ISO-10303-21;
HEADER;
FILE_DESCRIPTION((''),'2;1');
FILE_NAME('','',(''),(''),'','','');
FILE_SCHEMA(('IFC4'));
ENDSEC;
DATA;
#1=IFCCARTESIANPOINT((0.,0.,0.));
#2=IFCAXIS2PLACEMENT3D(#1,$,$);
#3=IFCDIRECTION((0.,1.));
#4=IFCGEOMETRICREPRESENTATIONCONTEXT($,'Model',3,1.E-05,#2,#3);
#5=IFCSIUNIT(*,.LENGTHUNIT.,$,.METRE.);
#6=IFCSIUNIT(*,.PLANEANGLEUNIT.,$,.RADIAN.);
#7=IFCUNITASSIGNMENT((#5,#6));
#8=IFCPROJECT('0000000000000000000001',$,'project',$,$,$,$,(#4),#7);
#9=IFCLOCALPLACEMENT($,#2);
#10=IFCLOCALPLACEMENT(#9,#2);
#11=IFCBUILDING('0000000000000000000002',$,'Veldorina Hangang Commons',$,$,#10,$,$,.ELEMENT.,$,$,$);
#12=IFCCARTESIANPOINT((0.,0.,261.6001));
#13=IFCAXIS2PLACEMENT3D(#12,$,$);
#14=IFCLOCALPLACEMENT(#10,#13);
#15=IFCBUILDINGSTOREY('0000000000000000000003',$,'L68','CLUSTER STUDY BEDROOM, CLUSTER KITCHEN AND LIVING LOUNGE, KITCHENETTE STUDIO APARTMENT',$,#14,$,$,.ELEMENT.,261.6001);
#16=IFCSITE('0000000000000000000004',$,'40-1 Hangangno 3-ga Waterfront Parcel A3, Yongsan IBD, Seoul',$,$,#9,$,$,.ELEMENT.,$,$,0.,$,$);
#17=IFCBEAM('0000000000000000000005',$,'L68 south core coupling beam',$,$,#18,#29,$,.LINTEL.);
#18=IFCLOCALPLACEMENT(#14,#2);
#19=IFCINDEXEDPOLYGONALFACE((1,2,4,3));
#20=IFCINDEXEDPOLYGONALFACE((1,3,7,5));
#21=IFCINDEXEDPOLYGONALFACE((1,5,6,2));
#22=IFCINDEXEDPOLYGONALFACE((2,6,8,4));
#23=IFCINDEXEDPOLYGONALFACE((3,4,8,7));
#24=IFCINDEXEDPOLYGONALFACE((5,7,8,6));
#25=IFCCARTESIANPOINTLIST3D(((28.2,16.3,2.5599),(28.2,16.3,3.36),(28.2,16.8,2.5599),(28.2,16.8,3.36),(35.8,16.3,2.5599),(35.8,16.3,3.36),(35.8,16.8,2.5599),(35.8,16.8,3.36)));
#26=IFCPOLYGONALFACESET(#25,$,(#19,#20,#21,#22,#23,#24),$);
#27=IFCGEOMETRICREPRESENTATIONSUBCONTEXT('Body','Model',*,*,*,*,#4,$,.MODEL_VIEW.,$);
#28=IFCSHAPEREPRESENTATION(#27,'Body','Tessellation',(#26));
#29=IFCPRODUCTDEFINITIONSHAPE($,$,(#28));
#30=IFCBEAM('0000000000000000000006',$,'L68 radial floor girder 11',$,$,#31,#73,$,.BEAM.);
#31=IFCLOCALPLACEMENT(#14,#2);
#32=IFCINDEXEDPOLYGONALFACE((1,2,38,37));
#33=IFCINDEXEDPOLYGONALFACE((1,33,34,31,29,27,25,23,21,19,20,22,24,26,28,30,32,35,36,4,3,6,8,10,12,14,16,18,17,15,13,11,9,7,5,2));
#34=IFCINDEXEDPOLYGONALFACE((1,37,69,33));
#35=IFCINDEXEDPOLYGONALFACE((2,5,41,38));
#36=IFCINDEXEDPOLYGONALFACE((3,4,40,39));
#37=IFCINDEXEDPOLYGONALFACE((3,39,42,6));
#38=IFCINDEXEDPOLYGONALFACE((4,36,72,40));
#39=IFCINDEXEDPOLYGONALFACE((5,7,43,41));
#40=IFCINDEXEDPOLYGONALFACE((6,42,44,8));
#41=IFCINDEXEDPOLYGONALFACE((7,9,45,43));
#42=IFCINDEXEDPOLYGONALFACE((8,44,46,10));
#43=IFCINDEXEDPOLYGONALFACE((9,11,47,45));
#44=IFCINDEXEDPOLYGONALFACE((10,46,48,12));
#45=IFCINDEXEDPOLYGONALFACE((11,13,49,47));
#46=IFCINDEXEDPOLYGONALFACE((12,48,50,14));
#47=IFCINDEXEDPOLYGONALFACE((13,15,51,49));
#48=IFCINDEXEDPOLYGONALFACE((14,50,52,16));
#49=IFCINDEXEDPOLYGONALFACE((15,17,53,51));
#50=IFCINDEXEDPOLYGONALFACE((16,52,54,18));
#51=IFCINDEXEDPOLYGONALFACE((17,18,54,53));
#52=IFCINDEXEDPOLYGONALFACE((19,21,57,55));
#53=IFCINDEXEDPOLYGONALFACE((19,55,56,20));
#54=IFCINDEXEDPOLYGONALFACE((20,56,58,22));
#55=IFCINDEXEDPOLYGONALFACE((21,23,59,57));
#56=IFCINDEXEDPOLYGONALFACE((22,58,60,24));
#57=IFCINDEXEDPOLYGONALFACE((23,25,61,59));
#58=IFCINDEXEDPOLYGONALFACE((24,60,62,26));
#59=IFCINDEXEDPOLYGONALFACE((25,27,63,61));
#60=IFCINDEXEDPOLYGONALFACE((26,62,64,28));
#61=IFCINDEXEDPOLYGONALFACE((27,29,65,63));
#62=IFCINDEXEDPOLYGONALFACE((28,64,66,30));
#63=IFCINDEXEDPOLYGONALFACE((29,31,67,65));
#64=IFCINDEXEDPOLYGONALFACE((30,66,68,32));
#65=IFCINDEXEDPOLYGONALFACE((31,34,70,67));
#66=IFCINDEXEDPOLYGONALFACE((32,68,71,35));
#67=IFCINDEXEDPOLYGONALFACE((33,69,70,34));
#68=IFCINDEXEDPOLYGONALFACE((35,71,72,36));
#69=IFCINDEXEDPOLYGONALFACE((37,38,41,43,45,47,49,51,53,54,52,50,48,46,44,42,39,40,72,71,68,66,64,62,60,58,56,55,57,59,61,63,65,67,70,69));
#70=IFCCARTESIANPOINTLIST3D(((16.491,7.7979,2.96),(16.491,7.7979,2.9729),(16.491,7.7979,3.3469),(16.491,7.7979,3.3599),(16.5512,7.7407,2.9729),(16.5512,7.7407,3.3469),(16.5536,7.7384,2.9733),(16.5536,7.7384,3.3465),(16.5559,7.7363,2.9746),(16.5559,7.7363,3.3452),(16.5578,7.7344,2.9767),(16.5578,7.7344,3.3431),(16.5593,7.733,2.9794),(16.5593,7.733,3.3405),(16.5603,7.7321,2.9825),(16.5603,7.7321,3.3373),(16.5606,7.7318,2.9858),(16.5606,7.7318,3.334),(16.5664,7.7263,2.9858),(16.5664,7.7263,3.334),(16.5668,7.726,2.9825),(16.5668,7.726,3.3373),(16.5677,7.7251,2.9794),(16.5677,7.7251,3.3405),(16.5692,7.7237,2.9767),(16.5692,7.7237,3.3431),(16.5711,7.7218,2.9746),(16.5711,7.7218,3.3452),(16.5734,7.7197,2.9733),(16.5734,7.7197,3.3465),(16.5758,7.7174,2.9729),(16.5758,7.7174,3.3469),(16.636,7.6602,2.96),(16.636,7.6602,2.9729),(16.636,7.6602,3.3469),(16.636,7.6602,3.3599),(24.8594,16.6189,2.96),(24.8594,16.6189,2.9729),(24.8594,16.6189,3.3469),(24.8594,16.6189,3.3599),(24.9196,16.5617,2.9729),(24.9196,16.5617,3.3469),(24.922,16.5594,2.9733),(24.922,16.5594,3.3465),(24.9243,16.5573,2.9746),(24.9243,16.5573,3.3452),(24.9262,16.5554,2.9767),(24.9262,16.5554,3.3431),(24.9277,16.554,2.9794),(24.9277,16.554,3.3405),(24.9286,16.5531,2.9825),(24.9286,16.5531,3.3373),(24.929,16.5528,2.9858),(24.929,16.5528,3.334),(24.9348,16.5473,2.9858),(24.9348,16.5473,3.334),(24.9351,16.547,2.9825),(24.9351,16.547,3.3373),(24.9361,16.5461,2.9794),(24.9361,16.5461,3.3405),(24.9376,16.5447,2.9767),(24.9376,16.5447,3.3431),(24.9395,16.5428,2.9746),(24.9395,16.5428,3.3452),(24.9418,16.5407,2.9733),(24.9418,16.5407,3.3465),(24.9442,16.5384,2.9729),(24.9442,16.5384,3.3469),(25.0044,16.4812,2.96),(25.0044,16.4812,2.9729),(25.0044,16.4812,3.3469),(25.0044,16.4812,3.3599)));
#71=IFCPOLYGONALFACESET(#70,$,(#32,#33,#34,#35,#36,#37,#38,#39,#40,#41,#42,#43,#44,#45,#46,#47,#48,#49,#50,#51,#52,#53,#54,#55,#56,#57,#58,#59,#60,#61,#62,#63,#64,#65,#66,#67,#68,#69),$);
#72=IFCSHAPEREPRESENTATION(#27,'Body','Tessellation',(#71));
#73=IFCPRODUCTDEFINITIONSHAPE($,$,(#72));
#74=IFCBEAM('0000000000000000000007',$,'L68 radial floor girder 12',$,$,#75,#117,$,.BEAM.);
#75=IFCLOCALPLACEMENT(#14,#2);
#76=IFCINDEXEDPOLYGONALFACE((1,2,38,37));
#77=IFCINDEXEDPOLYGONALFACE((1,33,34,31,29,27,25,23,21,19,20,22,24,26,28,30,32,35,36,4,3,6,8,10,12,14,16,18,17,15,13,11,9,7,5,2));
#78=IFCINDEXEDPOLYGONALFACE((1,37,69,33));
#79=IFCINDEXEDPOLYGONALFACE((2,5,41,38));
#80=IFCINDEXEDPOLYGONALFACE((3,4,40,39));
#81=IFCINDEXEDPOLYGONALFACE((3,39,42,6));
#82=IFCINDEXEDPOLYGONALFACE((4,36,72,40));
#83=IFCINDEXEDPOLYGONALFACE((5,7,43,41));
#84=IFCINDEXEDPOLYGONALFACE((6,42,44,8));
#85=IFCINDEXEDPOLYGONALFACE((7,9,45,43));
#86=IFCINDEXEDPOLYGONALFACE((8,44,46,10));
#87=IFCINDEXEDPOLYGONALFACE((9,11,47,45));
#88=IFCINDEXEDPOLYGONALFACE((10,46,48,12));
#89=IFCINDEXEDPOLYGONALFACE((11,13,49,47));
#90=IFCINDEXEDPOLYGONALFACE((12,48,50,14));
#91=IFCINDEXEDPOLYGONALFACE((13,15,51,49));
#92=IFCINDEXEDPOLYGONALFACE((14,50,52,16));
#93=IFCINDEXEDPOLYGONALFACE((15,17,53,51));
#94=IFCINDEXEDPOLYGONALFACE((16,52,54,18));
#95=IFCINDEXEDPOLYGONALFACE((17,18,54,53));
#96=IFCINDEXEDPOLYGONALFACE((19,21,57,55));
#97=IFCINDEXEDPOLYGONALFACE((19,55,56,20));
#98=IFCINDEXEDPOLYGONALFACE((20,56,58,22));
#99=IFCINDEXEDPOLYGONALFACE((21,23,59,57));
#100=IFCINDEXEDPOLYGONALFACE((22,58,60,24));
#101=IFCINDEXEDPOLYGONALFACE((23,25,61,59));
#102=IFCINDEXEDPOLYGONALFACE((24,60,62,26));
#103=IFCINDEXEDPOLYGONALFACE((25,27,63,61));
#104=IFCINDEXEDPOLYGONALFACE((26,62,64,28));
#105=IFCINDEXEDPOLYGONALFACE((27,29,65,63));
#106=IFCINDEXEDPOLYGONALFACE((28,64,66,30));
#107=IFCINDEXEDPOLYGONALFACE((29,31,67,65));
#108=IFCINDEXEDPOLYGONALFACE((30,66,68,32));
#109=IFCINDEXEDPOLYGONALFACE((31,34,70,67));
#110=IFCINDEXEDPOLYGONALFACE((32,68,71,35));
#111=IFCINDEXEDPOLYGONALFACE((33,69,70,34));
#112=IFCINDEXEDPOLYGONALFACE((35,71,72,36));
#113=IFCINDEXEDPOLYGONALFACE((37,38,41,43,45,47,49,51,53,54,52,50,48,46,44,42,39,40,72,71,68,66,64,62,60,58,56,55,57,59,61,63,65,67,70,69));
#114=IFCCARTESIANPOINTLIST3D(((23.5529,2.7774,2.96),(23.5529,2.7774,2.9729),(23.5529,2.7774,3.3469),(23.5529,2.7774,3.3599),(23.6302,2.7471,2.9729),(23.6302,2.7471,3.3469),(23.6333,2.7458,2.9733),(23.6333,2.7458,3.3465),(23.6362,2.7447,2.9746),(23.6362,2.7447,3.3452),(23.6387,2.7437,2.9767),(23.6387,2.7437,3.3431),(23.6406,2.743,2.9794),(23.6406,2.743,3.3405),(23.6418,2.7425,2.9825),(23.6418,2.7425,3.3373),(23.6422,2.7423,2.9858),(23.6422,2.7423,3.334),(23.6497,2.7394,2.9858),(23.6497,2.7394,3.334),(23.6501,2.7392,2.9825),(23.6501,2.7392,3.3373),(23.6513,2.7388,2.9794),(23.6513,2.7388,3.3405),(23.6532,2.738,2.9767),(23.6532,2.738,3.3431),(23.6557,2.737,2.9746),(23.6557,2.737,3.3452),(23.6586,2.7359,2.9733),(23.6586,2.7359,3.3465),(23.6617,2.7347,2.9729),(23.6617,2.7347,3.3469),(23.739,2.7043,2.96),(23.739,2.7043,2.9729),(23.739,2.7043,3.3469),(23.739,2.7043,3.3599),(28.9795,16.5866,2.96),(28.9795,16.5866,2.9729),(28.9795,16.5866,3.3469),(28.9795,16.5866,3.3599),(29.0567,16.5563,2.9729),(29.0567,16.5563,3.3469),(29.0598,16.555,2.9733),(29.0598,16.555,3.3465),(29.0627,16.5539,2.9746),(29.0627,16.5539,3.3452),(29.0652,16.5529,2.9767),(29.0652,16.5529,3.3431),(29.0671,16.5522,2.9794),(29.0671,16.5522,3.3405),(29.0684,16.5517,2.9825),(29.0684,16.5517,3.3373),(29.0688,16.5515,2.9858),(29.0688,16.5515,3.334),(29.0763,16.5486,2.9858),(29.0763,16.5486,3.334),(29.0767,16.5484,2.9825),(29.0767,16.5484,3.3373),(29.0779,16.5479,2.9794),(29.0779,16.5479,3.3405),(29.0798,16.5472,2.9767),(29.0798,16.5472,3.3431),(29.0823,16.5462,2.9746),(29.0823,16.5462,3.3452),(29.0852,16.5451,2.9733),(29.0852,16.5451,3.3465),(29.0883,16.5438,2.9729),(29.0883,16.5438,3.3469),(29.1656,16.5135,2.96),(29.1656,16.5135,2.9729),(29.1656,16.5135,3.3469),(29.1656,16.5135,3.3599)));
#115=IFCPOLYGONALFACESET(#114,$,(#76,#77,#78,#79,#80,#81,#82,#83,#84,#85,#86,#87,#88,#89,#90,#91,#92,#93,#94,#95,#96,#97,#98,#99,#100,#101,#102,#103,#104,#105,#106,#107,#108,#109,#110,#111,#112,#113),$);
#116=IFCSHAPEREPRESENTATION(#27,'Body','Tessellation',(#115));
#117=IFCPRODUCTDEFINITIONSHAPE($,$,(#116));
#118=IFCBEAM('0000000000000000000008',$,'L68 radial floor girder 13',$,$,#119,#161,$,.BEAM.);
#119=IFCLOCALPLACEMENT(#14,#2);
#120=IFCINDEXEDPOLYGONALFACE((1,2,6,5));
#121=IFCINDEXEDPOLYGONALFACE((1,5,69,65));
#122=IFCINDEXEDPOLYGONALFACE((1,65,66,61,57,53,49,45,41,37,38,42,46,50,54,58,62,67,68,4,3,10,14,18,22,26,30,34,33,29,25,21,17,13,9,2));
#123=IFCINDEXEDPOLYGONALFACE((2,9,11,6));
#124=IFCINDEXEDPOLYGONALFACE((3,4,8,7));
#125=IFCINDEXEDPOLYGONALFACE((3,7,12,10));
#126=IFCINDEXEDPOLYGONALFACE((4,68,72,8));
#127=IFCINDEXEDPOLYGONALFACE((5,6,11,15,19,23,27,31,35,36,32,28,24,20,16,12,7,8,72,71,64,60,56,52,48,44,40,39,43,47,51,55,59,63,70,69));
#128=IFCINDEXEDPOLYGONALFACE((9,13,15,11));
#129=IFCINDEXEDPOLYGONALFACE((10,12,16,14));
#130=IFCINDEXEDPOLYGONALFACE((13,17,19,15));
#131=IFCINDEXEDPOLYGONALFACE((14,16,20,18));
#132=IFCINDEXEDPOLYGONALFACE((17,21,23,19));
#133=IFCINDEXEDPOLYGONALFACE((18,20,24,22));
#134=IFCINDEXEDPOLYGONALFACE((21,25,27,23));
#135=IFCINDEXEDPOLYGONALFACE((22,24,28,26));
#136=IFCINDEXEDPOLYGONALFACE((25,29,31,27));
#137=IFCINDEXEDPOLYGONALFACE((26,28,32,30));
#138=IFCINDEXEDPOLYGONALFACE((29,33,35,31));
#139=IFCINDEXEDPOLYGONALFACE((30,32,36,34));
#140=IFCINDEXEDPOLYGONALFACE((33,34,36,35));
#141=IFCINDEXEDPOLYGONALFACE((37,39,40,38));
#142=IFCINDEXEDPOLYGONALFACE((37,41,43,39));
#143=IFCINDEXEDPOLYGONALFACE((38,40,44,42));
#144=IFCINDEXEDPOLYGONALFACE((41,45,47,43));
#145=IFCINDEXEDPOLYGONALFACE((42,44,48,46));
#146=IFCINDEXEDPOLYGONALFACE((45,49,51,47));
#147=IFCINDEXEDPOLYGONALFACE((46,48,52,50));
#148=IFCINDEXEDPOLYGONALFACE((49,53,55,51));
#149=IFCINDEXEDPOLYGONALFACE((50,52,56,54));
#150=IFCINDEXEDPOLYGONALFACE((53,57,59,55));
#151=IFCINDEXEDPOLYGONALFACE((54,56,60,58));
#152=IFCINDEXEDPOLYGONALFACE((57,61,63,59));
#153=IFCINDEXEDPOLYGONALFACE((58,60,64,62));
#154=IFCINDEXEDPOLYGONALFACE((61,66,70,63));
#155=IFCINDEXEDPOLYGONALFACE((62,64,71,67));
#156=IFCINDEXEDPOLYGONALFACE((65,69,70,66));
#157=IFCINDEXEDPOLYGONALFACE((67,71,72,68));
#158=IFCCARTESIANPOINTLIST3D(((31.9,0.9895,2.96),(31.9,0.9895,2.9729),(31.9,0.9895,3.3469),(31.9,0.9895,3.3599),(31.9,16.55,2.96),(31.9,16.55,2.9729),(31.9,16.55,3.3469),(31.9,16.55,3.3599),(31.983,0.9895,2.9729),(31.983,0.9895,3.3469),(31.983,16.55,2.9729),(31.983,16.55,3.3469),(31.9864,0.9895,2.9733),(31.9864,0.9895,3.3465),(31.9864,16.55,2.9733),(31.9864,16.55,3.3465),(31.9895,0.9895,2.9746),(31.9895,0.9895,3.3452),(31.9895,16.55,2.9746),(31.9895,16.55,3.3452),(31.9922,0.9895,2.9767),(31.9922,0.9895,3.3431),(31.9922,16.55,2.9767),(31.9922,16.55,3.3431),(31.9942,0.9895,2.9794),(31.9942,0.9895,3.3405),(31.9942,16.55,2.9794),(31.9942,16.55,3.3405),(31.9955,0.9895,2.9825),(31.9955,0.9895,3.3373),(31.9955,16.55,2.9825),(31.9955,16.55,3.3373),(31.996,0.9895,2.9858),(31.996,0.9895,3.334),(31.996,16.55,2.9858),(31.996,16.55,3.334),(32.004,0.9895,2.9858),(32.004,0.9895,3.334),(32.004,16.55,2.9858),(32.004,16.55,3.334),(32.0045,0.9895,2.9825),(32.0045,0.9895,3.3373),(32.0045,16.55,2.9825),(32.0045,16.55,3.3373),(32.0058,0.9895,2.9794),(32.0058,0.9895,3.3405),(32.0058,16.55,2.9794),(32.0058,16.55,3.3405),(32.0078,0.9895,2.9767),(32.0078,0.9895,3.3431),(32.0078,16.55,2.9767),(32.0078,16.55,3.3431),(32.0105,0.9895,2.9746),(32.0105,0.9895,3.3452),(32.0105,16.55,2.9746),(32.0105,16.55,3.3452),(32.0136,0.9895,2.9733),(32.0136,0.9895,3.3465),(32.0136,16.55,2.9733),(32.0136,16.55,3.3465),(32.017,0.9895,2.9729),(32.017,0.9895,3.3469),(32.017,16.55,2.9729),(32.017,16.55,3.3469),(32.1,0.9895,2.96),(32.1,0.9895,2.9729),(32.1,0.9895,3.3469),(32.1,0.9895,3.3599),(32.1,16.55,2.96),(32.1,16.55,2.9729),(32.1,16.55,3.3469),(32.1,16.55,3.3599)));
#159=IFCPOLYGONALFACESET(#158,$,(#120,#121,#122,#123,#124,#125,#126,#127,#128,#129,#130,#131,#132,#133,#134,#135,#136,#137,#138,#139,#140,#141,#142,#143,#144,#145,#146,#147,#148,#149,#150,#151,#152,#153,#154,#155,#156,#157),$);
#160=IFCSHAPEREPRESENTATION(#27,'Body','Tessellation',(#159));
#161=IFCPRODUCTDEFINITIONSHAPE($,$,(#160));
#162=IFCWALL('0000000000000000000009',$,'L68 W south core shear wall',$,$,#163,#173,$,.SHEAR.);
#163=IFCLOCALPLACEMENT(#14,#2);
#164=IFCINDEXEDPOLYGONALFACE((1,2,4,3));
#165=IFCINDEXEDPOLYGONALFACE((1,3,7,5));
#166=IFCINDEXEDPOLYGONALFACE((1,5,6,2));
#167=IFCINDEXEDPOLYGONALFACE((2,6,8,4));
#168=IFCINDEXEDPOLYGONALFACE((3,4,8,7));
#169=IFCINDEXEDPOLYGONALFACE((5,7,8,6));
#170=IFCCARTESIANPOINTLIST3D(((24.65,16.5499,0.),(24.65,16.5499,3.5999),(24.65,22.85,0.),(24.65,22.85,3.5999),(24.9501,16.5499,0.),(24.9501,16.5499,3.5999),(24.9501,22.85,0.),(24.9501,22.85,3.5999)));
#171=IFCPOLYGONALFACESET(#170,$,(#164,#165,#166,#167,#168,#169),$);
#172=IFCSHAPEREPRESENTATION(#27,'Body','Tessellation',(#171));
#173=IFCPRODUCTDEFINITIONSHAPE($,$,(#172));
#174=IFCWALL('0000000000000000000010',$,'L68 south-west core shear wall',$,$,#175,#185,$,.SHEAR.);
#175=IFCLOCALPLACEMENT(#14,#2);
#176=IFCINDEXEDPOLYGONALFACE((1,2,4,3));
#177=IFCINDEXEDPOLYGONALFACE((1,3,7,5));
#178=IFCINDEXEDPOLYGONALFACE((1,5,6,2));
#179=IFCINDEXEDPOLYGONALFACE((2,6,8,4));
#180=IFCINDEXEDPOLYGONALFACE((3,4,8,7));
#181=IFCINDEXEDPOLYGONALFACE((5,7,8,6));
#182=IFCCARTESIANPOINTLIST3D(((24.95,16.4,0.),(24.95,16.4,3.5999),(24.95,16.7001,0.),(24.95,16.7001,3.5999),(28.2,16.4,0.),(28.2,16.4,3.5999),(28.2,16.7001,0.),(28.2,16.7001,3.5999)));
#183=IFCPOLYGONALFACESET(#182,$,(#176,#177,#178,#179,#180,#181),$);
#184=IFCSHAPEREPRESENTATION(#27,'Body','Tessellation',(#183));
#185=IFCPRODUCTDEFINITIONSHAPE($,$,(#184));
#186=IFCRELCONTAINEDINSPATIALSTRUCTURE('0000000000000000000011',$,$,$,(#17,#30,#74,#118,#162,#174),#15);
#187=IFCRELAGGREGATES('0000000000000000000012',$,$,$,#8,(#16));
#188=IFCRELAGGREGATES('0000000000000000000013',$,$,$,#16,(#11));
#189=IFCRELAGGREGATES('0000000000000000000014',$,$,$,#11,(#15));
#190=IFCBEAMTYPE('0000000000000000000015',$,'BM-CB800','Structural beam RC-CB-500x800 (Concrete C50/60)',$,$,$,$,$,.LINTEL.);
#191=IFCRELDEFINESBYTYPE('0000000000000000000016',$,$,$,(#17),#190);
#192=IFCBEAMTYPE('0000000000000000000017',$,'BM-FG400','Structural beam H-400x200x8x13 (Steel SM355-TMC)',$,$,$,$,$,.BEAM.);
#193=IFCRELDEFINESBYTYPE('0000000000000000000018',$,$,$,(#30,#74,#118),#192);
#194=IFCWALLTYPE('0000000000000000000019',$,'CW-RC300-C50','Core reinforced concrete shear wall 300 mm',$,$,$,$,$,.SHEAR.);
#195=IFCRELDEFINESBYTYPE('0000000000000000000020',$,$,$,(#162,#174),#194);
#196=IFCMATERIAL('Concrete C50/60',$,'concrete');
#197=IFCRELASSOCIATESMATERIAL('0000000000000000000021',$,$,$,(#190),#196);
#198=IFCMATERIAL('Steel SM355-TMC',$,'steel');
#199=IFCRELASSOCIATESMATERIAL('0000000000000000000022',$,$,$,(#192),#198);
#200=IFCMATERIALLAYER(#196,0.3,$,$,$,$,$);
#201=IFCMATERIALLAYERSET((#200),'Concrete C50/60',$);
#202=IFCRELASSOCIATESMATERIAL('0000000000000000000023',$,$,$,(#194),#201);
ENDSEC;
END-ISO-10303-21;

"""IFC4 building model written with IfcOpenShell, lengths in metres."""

from ifc_helpers import new_model, si_unit, direction, frame, frame_2d, origin, origin_2d, place, context, subcontext, project, spatial, rectangle, i_section, extrude, material, layer, layer_set, material_profile, profile_set, type_object, element, save


model = new_model("IFC4")

# Units and contexts
model_context = context("Model", 3, precision=1e-05, world=origin(), true_north=direction((0.0, 1.0)))
body_context = subcontext(model_context, "Body", "Model", "MODEL_VIEW")
ifc_project = project(units=[si_unit("LENGTHUNIT", "METRE"), si_unit("PLANEANGLEUNIT", "RADIAN")], contexts=[model_context])

# Site, building, storey
site_placement = place(None, origin())
site = spatial("IfcSite", under=ifc_project, at=site_placement, Name="40-1 Hangangno 3-ga Waterfront Parcel A3, Yongsan IBD, Seoul", CompositionType="ELEMENT", RefElevation=0.0)
building_placement = place(site_placement, origin())
building = spatial("IfcBuilding", under=site, at=building_placement, Name="Veldorina Hangang Commons", CompositionType="ELEMENT")
storey_placement = place(building_placement, frame((0.0, 0.0, 261.6001)))
storey = spatial("IfcBuildingStorey", under=building, at=storey_placement, Name="L68", Description="CLUSTER STUDY BEDROOM, CLUSTER KITCHEN AND LIVING LOUNGE, KITCHENETTE STUDIO APARTMENT", CompositionType="ELEMENT", Elevation=261.6001)

# Beams
ifc_material_1 = material(Name="Concrete C50/60", Category="concrete")
ifc_material_profile_1 = material_profile(ifc_material_1, rectangle(XDim=0.5, YDim=0.8, at=origin_2d()), Name="RC-CB-500x800")
ifc_profile_set_1 = profile_set([ifc_material_profile_1], Name="Concrete C50/60")
beam_type_1 = type_object("IfcBeamType", Name="BM-CB800", Description="Structural beam RC-CB-500x800 (Concrete C50/60)", PredefinedType="LINTEL", material=ifc_profile_set_1)
beam_1_placement = place(storey_placement, frame((28.2, 16.55, 2.96), z_axis=(1.0, 0.0, 0.0), x_axis=(0.0, 1.0, 0.0)))
element("IfcBeam", 1, at=beam_1_placement, inside=storey, type_object=beam_type_1, Name="L68 south core coupling beam", PredefinedType="LINTEL", context=body_context, shape_type="SweptSolid", body=[
    extrude(rectangle(XDim=0.5, YDim=0.8, at=origin_2d()), origin(), (0.0, 0.0, 1.0), 7.6001),
])
ifc_material_2 = material(Name="Steel SM355-TMC", Category="steel")
ifc_material_profile_2 = material_profile(ifc_material_2, i_section(OverallWidth=0.2, OverallDepth=0.3999, WebThickness=0.0081, FlangeThickness=0.0129, FilletRadius=0.0129, at=origin_2d()), Name="H-400x200x8x13")
ifc_profile_set_2 = profile_set([ifc_material_profile_2], Name="Steel SM355-TMC")
beam_type_2 = type_object("IfcBeamType", Name="BM-FG400", Description="Structural beam H-400x200x8x13 (Steel SM355-TMC)", PredefinedType="BEAM", material=ifc_profile_set_2)
beam_2_placement = place(storey_placement, frame((24.9319, 16.55, 3.1599), z_axis=(-0.688249, -0.725475, 0.0), x_axis=(0.725475, -0.688249, 0.0)))
element("IfcBeam", 2, at=beam_2_placement, inside=storey, type_object=beam_type_2, Name="L68 radial floor girder 11", PredefinedType="BEAM", context=body_context, shape_type="SweptSolid", body=[
    extrude(i_section(OverallWidth=0.2, OverallDepth=0.3999, WebThickness=0.0081, FlangeThickness=0.0129, FilletRadius=0.0129, at=origin_2d()), origin(), (0.0, 0.0, 1.0), 12.1589),
])
beam_3_placement = place(storey_placement, frame((29.0725, 16.55, 3.1599), z_axis=(-0.365741, -0.930717, 0.0), x_axis=(0.930717, -0.365741, 0.0)))
element("IfcBeam", 3, at=beam_3_placement, inside=storey, type_object=beam_type_2, Name="L68 radial floor girder 12", PredefinedType="BEAM", context=body_context, shape_type="SweptSolid", body=[
    extrude(i_section(OverallWidth=0.2, OverallDepth=0.3999, WebThickness=0.0081, FlangeThickness=0.0129, FilletRadius=0.0129, at=origin_2d()), origin(), (0.0, 0.0, 1.0), 14.8372),
])
beam_4_placement = place(storey_placement, frame((32.0, 16.55, 3.1599), z_axis=(0.0, -1.0, 0.0), x_axis=(1.0, 0.0, 0.0)))
element("IfcBeam", 4, at=beam_4_placement, inside=storey, type_object=beam_type_2, Name="L68 radial floor girder 13", PredefinedType="BEAM", context=body_context, shape_type="SweptSolid", body=[
    extrude(i_section(OverallWidth=0.2, OverallDepth=0.3999, WebThickness=0.0081, FlangeThickness=0.0129, FilletRadius=0.0129, at=origin_2d()), origin(), (0.0, 0.0, 1.0), 15.5605),
])

# Walls
ifc_layer_1 = layer(ifc_material_1, 0.3)
ifc_layer_set_1 = layer_set([ifc_layer_1], Name="Concrete C50/60")
wall_type_1 = type_object("IfcWallType", Name="CW-RC300-C50", Description="Core reinforced concrete shear wall 300 mm", PredefinedType="SHEAR", material=ifc_layer_set_1)
wall_1_placement = place(storey_placement, frame((24.8, 16.55, 0.0), z_axis=(0.0, 0.0, 1.0), x_axis=(0.0, 1.0, 0.0)))
element("IfcWall", 5, at=wall_1_placement, inside=storey, type_object=wall_type_1, Name="L68 W south core shear wall", PredefinedType="SHEAR", context=body_context, shape_type="SweptSolid", body=[
    extrude(rectangle(XDim=6.3, YDim=0.3, at=frame_2d((3.1499, 0.0))), origin(), (0.0, 0.0, 1.0), 3.5999),
])
wall_2_placement = place(storey_placement, frame((24.95, 16.55, 0.0), z_axis=(0.0, 0.0, 1.0), x_axis=(1.0, 0.0, 0.0)))
element("IfcWall", 6, at=wall_2_placement, inside=storey, type_object=wall_type_1, Name="L68 south-west core shear wall", PredefinedType="SHEAR", context=body_context, shape_type="SweptSolid", body=[
    extrude(rectangle(XDim=3.25, YDim=0.3, at=frame_2d((1.625, 0.0))), origin(), (0.0, 0.0, 1.0), 3.5999),
])

save(model, "model.ifc")
